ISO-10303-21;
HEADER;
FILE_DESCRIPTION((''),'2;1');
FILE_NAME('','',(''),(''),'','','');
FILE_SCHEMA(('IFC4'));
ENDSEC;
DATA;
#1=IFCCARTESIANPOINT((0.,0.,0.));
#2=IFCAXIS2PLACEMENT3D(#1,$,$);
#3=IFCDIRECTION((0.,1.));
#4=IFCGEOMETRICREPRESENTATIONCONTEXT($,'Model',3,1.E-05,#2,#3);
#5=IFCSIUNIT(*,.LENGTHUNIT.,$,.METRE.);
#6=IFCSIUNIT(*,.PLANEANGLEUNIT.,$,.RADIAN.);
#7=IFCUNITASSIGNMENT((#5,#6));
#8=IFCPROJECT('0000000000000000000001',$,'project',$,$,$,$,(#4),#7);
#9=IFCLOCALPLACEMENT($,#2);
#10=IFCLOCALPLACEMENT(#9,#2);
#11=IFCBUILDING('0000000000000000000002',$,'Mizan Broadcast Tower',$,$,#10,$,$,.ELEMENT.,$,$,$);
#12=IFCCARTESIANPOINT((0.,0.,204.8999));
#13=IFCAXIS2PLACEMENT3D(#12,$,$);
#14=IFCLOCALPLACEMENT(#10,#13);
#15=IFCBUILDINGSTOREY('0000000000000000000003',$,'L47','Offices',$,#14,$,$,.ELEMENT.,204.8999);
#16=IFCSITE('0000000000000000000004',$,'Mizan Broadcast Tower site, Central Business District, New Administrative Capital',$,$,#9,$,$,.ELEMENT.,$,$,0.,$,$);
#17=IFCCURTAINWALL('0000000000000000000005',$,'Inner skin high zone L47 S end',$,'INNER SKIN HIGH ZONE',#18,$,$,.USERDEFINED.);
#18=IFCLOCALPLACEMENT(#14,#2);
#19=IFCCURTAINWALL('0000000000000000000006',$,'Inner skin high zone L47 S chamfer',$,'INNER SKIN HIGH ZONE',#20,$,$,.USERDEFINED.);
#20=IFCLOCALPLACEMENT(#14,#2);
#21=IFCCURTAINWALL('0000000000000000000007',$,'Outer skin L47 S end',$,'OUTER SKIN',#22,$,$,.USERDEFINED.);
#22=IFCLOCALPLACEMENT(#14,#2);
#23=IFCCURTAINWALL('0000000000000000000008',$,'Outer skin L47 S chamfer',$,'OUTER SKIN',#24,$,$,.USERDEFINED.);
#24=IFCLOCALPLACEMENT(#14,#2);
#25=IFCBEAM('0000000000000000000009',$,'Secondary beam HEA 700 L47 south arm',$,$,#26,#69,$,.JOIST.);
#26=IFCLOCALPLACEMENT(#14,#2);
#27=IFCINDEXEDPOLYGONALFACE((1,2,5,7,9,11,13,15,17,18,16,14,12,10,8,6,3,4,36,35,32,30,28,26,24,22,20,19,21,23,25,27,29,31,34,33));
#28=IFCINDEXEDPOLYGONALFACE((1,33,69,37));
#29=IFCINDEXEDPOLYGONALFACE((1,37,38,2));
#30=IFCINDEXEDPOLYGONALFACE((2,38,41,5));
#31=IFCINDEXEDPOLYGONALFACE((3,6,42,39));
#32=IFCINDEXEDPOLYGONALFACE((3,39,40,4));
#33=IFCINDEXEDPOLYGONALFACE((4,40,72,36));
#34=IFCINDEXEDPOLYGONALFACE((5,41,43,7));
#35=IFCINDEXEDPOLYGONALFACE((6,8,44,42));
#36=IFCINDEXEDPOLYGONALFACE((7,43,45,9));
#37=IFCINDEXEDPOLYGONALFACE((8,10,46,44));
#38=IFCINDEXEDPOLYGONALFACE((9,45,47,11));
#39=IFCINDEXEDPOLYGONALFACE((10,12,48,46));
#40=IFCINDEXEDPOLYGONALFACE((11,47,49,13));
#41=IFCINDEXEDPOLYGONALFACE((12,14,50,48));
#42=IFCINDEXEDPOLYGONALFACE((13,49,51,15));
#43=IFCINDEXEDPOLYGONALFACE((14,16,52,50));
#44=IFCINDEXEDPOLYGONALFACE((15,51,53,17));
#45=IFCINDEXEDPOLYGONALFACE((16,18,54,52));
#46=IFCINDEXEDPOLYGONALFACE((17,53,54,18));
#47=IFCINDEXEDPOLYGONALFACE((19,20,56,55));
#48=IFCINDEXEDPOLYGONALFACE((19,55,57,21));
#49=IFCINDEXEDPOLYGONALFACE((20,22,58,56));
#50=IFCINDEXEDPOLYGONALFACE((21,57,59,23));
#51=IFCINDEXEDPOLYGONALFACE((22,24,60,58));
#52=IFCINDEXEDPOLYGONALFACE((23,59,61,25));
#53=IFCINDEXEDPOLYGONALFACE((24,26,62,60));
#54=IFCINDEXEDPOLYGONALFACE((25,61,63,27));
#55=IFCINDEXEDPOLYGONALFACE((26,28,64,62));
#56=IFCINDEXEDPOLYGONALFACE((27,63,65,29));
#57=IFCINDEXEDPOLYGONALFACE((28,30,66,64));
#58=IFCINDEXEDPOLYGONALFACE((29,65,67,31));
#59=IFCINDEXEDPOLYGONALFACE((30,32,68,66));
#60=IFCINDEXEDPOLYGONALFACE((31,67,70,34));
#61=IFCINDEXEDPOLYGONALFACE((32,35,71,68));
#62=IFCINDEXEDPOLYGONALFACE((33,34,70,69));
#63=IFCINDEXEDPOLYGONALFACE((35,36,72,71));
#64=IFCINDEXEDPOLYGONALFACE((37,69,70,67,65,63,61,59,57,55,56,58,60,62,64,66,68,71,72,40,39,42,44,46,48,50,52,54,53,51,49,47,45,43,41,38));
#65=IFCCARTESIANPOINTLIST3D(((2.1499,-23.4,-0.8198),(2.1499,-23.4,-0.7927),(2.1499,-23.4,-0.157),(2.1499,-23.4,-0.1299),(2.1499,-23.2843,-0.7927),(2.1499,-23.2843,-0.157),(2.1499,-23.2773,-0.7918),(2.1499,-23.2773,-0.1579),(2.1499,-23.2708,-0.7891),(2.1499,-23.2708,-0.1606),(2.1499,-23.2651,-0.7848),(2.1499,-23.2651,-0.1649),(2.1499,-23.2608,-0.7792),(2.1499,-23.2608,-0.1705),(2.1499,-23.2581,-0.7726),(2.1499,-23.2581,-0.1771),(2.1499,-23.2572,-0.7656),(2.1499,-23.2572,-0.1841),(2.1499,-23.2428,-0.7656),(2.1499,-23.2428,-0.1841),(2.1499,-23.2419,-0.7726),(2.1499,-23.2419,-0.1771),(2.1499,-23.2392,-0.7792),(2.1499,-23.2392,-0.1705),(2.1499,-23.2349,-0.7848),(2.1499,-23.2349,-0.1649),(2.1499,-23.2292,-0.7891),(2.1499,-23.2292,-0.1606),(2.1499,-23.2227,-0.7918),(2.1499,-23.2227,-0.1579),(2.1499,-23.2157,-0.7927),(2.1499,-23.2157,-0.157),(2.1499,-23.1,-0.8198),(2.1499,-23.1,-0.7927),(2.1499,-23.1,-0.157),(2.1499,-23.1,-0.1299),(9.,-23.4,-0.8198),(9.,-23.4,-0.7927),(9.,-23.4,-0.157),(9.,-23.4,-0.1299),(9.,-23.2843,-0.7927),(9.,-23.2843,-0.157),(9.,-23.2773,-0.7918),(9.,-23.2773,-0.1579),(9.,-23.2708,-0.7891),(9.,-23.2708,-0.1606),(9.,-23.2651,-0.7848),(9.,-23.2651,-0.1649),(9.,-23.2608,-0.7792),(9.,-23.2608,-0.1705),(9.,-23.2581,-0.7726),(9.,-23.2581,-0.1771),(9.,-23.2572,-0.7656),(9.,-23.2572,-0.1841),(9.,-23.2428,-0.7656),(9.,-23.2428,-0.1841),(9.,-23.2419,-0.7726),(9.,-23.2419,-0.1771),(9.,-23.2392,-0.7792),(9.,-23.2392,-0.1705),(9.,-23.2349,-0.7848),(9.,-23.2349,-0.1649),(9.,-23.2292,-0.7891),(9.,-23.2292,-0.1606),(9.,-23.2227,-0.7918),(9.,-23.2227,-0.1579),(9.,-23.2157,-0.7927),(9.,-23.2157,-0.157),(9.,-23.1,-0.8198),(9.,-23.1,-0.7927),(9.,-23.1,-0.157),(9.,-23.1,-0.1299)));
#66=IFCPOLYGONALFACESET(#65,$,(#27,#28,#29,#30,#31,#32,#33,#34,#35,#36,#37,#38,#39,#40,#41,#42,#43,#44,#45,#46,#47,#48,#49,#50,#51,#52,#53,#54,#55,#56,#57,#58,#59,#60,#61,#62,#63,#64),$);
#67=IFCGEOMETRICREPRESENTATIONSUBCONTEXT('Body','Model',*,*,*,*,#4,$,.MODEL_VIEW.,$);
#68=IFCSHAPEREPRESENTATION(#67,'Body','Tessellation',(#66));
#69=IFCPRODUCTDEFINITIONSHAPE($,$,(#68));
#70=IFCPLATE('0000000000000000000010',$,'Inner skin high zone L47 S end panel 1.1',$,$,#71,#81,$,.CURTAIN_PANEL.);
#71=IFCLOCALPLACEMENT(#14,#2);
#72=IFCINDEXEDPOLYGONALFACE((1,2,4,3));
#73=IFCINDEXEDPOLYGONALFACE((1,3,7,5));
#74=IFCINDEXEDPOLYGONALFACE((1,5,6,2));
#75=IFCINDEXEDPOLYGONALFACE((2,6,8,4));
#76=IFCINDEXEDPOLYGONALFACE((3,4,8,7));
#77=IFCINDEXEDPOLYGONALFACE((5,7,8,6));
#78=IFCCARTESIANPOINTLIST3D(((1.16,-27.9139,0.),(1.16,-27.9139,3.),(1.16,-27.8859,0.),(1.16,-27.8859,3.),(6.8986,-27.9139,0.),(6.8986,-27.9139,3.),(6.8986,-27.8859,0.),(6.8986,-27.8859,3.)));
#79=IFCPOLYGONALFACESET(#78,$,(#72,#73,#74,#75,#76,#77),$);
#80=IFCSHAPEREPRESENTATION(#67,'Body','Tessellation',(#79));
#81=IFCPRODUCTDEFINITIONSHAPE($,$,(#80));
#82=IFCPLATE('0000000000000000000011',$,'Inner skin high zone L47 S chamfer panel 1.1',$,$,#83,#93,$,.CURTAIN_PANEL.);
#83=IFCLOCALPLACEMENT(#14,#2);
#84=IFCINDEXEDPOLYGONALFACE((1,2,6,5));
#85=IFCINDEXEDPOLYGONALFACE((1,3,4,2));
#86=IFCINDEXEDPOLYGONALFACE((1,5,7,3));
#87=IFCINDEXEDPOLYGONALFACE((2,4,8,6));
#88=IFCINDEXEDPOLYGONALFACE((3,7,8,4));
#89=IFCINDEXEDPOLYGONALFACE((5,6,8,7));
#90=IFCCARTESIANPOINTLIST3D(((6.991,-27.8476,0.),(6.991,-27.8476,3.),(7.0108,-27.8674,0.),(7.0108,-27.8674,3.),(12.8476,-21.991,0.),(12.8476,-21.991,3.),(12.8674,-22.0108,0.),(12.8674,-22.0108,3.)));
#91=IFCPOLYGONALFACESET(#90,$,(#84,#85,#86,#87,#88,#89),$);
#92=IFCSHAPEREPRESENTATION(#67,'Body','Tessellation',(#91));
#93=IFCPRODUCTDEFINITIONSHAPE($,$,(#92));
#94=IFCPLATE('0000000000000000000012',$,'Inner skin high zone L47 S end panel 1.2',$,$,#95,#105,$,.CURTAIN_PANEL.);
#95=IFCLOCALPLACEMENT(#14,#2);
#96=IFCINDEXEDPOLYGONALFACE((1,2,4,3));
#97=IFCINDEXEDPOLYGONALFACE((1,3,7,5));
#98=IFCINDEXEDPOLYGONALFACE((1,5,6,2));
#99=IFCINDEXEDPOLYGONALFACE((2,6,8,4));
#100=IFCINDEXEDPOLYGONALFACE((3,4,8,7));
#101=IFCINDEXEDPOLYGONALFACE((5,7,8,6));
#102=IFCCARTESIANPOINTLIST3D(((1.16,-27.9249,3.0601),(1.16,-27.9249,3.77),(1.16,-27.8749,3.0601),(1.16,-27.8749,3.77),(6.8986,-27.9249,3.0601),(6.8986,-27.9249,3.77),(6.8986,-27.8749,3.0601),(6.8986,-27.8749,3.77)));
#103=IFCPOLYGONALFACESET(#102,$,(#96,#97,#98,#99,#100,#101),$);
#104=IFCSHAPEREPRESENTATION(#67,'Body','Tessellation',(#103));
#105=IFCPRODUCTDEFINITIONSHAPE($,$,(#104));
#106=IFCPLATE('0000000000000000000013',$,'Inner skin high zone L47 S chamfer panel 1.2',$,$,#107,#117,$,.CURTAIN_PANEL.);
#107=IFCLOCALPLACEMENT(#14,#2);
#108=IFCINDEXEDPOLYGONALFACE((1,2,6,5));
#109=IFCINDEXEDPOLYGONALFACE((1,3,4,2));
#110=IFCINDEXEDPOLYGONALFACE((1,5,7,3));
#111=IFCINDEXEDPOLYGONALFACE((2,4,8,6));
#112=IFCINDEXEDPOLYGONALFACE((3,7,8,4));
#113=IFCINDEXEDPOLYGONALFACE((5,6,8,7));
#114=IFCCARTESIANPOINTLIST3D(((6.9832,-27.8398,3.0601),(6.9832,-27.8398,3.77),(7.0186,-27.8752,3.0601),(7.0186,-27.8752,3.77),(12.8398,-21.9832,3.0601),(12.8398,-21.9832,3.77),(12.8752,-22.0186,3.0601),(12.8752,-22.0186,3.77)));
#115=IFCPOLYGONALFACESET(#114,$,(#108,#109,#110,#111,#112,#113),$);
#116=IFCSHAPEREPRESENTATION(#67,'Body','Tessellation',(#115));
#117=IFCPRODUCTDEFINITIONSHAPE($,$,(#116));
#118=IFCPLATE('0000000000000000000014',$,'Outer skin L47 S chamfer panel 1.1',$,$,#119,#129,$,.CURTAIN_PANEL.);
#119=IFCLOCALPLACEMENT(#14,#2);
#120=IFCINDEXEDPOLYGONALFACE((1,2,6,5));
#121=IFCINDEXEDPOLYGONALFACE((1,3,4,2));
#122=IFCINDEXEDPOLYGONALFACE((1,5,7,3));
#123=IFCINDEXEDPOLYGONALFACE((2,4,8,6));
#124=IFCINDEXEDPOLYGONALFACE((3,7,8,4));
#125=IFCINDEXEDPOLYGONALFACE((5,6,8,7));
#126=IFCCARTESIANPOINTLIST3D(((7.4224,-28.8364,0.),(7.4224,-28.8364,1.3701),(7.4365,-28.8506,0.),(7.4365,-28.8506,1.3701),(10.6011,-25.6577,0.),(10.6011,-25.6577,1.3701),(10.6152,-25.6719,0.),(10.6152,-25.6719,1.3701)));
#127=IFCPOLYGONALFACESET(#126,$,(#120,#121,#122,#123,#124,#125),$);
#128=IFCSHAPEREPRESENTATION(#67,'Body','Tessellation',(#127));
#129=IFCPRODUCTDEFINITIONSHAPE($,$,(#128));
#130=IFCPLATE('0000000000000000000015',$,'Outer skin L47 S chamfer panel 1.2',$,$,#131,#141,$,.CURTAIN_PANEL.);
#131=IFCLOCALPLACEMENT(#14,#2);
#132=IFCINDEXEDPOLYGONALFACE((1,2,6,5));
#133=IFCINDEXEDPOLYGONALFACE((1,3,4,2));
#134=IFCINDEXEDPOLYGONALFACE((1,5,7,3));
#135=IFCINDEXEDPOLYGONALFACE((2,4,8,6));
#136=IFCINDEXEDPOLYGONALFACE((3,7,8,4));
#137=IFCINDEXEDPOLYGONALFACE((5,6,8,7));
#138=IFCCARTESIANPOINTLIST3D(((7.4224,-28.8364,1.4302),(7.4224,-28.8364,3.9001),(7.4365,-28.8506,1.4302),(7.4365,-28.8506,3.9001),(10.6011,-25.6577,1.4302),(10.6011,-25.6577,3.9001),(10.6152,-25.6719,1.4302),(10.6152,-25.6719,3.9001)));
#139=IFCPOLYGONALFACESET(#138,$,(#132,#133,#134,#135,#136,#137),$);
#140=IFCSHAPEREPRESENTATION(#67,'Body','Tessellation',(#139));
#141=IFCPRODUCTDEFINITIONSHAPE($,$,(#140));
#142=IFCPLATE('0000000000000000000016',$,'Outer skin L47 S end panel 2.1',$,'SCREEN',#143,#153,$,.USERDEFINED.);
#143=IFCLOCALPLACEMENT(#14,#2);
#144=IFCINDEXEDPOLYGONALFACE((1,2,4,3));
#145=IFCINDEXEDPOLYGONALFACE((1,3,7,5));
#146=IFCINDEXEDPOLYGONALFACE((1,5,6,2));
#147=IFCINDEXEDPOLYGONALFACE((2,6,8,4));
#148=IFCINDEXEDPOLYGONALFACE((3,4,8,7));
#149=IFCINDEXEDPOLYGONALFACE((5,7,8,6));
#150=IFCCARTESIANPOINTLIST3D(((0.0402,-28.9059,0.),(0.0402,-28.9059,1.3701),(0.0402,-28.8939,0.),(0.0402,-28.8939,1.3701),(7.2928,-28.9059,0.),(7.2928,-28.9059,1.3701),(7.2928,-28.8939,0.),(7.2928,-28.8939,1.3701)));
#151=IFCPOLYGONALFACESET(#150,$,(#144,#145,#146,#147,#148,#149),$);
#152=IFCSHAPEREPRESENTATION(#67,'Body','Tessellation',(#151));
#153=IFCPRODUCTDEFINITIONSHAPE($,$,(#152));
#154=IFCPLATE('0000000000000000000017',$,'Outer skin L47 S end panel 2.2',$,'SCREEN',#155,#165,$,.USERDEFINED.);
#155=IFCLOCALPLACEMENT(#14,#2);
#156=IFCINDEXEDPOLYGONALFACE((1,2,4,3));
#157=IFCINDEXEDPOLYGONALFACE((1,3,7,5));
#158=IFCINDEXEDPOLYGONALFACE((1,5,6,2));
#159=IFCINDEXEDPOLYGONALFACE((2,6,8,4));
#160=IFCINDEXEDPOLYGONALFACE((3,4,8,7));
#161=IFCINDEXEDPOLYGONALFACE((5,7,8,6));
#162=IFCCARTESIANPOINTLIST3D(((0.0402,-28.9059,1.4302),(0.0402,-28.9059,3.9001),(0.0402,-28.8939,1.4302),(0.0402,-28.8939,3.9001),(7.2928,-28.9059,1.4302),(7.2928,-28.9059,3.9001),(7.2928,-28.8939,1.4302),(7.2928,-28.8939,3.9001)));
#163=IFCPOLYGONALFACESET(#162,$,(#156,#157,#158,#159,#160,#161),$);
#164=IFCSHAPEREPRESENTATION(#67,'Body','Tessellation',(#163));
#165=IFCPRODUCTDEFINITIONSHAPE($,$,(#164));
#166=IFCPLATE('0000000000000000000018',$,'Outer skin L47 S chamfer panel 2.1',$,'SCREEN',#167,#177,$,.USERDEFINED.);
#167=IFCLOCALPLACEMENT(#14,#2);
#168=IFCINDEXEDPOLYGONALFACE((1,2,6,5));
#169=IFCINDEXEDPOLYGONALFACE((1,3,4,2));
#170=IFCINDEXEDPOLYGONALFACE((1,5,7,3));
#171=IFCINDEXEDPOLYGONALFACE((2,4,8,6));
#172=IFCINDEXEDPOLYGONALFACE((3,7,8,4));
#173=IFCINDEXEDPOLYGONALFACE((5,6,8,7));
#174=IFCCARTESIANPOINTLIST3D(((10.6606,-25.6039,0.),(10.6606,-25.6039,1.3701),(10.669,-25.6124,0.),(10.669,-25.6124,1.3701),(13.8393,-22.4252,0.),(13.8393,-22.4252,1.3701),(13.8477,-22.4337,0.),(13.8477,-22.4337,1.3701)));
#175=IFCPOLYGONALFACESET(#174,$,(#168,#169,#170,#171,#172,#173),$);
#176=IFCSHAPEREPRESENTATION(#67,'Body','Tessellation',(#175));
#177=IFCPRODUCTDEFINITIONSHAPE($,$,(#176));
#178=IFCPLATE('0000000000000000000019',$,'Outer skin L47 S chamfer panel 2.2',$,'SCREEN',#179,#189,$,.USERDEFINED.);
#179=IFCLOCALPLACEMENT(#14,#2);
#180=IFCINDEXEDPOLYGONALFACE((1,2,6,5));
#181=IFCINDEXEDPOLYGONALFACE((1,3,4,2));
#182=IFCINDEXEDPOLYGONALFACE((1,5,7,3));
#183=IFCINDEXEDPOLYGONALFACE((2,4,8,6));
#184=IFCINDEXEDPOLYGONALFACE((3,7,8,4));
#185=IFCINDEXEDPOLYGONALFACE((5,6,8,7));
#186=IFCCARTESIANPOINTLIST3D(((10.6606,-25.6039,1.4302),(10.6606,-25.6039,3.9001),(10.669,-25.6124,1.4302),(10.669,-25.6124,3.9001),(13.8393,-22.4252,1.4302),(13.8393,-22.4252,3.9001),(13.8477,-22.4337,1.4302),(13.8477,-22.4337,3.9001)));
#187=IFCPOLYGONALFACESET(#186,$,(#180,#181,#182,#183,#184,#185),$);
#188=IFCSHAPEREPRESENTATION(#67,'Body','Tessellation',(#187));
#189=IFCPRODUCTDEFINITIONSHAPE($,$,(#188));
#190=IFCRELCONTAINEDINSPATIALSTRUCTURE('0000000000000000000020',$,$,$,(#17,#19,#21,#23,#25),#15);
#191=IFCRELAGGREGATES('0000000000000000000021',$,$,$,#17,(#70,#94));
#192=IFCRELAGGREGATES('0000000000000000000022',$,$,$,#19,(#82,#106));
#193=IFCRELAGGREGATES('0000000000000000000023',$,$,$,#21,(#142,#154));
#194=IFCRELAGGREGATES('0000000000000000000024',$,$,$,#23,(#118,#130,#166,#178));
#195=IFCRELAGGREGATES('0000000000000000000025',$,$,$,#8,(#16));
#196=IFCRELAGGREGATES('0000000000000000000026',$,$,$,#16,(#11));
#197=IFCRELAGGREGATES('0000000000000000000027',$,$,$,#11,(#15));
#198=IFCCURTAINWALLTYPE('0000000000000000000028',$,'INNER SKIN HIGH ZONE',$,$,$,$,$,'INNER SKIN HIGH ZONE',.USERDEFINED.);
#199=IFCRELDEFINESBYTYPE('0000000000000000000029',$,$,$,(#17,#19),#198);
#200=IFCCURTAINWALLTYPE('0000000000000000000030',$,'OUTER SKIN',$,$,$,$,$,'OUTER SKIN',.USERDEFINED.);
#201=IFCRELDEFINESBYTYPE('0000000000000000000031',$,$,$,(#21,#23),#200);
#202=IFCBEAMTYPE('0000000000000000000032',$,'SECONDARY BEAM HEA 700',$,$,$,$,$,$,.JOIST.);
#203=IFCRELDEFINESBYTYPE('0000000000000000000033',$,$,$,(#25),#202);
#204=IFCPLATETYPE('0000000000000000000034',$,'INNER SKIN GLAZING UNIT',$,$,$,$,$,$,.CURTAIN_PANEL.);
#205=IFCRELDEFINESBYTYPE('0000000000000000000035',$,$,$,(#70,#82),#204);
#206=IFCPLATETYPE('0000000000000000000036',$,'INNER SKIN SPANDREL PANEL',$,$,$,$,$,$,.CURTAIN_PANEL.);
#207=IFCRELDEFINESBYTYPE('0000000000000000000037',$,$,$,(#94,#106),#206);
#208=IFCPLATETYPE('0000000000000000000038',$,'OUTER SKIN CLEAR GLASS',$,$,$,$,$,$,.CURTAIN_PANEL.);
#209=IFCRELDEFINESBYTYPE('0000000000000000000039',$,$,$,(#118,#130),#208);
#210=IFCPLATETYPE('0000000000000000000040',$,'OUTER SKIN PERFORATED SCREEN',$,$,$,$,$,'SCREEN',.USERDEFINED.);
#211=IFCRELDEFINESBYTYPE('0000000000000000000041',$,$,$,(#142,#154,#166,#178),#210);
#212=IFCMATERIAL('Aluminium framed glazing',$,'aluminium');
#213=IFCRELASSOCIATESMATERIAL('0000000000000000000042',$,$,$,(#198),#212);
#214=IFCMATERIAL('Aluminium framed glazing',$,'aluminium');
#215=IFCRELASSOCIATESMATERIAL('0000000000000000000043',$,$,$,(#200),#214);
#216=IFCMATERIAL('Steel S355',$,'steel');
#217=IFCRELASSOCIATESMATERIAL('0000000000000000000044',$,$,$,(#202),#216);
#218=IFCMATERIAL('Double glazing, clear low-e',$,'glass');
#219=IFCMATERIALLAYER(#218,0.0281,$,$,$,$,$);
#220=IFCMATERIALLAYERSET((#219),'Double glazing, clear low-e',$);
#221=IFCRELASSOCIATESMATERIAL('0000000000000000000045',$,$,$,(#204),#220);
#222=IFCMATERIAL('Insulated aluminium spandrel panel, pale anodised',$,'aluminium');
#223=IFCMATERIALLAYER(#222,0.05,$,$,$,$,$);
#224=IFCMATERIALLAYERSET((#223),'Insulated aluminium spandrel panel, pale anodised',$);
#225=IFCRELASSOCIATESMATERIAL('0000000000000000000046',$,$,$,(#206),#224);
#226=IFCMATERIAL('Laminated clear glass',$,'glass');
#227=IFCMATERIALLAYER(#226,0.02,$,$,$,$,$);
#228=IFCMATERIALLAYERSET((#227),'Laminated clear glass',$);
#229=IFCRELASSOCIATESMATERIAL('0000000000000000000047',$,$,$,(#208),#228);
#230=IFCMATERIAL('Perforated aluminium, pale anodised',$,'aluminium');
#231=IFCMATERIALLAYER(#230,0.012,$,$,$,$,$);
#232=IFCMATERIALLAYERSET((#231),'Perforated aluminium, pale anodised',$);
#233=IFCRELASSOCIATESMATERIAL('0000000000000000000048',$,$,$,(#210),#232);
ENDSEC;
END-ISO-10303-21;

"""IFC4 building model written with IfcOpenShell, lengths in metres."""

from ifc_helpers import new_model, si_unit, direction, frame, origin, origin_2d, place, context, subcontext, project, spatial, rectangle, i_section, extrude, material, layer, layer_set, material_profile, profile_set, type_object, element, aggregate, save


model = new_model("IFC4")

# Units and contexts
model_context = context("Model", 3, precision=1e-05, world=origin(), true_north=direction((0.0, 1.0)))
body_context = subcontext(model_context, "Body", "Model", "MODEL_VIEW")
ifc_project = project(units=[si_unit("LENGTHUNIT", "METRE"), si_unit("PLANEANGLEUNIT", "RADIAN")], contexts=[model_context])

# Site, building, storey
site_placement = place(None, origin())
site = spatial("IfcSite", under=ifc_project, at=site_placement, Name="Mizan Broadcast Tower site, Central Business District, New Administrative Capital", CompositionType="ELEMENT", RefElevation=0.0)
building_placement = place(site_placement, origin())
building = spatial("IfcBuilding", under=site, at=building_placement, Name="Mizan Broadcast Tower", CompositionType="ELEMENT")
storey_placement = place(building_placement, frame((0.0, 0.0, 204.8999)))
storey = spatial("IfcBuildingStorey", under=building, at=storey_placement, Name="L47", Description="Offices", CompositionType="ELEMENT", Elevation=204.8999)

# Curtain wall
ifc_material_1 = material(Name="Aluminium framed glazing", Category="aluminium")
curtain_wall_type_1 = type_object("IfcCurtainWallType", Name="INNER SKIN HIGH ZONE", ElementType="INNER SKIN HIGH ZONE", PredefinedType="USERDEFINED", material=ifc_material_1)
curtain_wall_1_placement = place(storey_placement, origin())
curtain_wall_1 = element("IfcCurtainWall", 1, at=curtain_wall_1_placement, inside=storey, type_object=curtain_wall_type_1, Name="Inner skin high zone L47 S end", ObjectType="INNER SKIN HIGH ZONE", PredefinedType="USERDEFINED")

# Curtain wall
curtain_wall_2_placement = place(storey_placement, origin())
curtain_wall_2 = element("IfcCurtainWall", 2, at=curtain_wall_2_placement, inside=storey, type_object=curtain_wall_type_1, Name="Inner skin high zone L47 S chamfer", ObjectType="INNER SKIN HIGH ZONE", PredefinedType="USERDEFINED")

# Curtain wall
ifc_material_2 = material(Name="Aluminium framed glazing", Category="aluminium")
curtain_wall_type_2 = type_object("IfcCurtainWallType", Name="OUTER SKIN", ElementType="OUTER SKIN", PredefinedType="USERDEFINED", material=ifc_material_2)
curtain_wall_3_placement = place(storey_placement, origin())
curtain_wall_3 = element("IfcCurtainWall", 3, at=curtain_wall_3_placement, inside=storey, type_object=curtain_wall_type_2, Name="Outer skin L47 S end", ObjectType="OUTER SKIN", PredefinedType="USERDEFINED")

# Curtain wall
curtain_wall_4_placement = place(storey_placement, origin())
curtain_wall_4 = element("IfcCurtainWall", 4, at=curtain_wall_4_placement, inside=storey, type_object=curtain_wall_type_2, Name="Outer skin L47 S chamfer", ObjectType="OUTER SKIN", PredefinedType="USERDEFINED")

# Beam
ifc_material_3 = material(Name="Steel S355", Category="steel")
ifc_material_profile_1 = material_profile(ifc_material_3, i_section(OverallWidth=0.3, OverallDepth=0.6899, WebThickness=0.0144, FlangeThickness=0.0271, FilletRadius=0.0271, at=origin_2d()), Name="HEA 700")
ifc_profile_set_1 = profile_set([ifc_material_profile_1], Name="Steel S355")
beam_type_1 = type_object("IfcBeamType", Name="SECONDARY BEAM HEA 700", PredefinedType="JOIST", material=ifc_profile_set_1)
beam_1_placement = place(storey_placement, frame((9.0, -23.25, -0.4749), z_axis=(-1.0, 0.0, 0.0), x_axis=(0.0, -1.0, 0.0)))
element("IfcBeam", 5, at=beam_1_placement, inside=storey, type_object=beam_type_1, Name="Secondary beam HEA 700 L47 south arm", PredefinedType="JOIST", context=body_context, shape_type="SweptSolid", body=[
    extrude(i_section(OverallWidth=0.3, OverallDepth=0.6899, WebThickness=0.0144, FlangeThickness=0.0271, FilletRadius=0.0271, at=origin_2d()), origin(), (0.0, 0.0, 1.0), 6.8501),
])

# Plates
ifc_material_4 = material(Name="Double glazing, clear low-e", Category="glass")
ifc_layer_1 = layer(ifc_material_4, 0.0281)
ifc_layer_set_1 = layer_set([ifc_layer_1], Name="Double glazing, clear low-e")
plate_type_1 = type_object("IfcPlateType", Name="INNER SKIN GLAZING UNIT", PredefinedType="CURTAIN_PANEL", material=ifc_layer_set_1)
plate_1_placement = place(storey_placement, frame((4.0293, -27.8999, 0.0), z_axis=(0.0, 0.0, 1.0), x_axis=(1.0, 0.0, 0.0)))
plate_1 = element("IfcPlate", 6, at=plate_1_placement, type_object=plate_type_1, Name="Inner skin high zone L47 S end panel 1.1", PredefinedType="CURTAIN_PANEL", context=body_context, shape_type="SweptSolid", body=[
    extrude(rectangle(XDim=5.7385, YDim=0.0281, at=origin_2d()), origin(), (0.0, 0.0, 1.0), 3.0),
])
plate_2_placement = place(storey_placement, frame((9.9292, -24.9292, 0.0), z_axis=(0.0, 0.0, 1.0), x_axis=(0.707107, 0.707107, 0.0)))
plate_2 = element("IfcPlate", 7, at=plate_2_placement, type_object=plate_type_1, Name="Inner skin high zone L47 S chamfer panel 1.1", PredefinedType="CURTAIN_PANEL", context=body_context, shape_type="SweptSolid", body=[
    extrude(rectangle(XDim=8.2825, YDim=0.0281, at=origin_2d()), origin(), (0.0, 0.0, 1.0), 3.0),
])
ifc_material_5 = material(Name="Insulated aluminium spandrel panel, pale anodised", Category="aluminium")
ifc_layer_2 = layer(ifc_material_5, 0.05)
ifc_layer_set_2 = layer_set([ifc_layer_2], Name="Insulated aluminium spandrel panel, pale anodised")
plate_type_2 = type_object("IfcPlateType", Name="INNER SKIN SPANDREL PANEL", PredefinedType="CURTAIN_PANEL", material=ifc_layer_set_2)
plate_3_placement = place(storey_placement, frame((4.0293, -27.8999, 3.0601), z_axis=(0.0, 0.0, 1.0), x_axis=(1.0, 0.0, 0.0)))
plate_3 = element("IfcPlate", 8, at=plate_3_placement, type_object=plate_type_2, Name="Inner skin high zone L47 S end panel 1.2", PredefinedType="CURTAIN_PANEL", context=body_context, shape_type="SweptSolid", body=[
    extrude(rectangle(XDim=5.7385, YDim=0.05, at=origin_2d()), origin(), (0.0, 0.0, 1.0), 0.71),
])
aggregate(curtain_wall_1, [plate_1, plate_3])
plate_4_placement = place(storey_placement, frame((9.9292, -24.9292, 3.0601), z_axis=(0.0, 0.0, 1.0), x_axis=(0.707107, 0.707107, 0.0)))
plate_4 = element("IfcPlate", 9, at=plate_4_placement, type_object=plate_type_2, Name="Inner skin high zone L47 S chamfer panel 1.2", PredefinedType="CURTAIN_PANEL", context=body_context, shape_type="SweptSolid", body=[
    extrude(rectangle(XDim=8.2825, YDim=0.05, at=origin_2d()), origin(), (0.0, 0.0, 1.0), 0.71),
])
aggregate(curtain_wall_2, [plate_2, plate_4])
ifc_material_6 = material(Name="Laminated clear glass", Category="glass")
ifc_layer_3 = layer(ifc_material_6, 0.02)
ifc_layer_set_3 = layer_set([ifc_layer_3], Name="Laminated clear glass")
plate_type_3 = type_object("IfcPlateType", Name="OUTER SKIN CLEAR GLASS", PredefinedType="CURTAIN_PANEL", material=ifc_layer_set_3)
plate_5_placement = place(storey_placement, frame((9.0188, -27.2542, 0.0), z_axis=(0.0, 0.0, 1.0), x_axis=(0.707107, 0.707107, 0.0)))
plate_5 = element("IfcPlate", 10, at=plate_5_placement, type_object=plate_type_3, Name="Outer skin L47 S chamfer panel 1.1", PredefinedType="CURTAIN_PANEL", context=body_context, shape_type="SweptSolid", body=[
    extrude(rectangle(XDim=4.4954, YDim=0.02, at=origin_2d()), origin(), (0.0, 0.0, 1.0), 1.3701),
])
plate_6_placement = place(storey_placement, frame((9.0188, -27.2542, 1.4302), z_axis=(0.0, 0.0, 1.0), x_axis=(0.707107, 0.707107, 0.0)))
plate_6 = element("IfcPlate", 11, at=plate_6_placement, type_object=plate_type_3, Name="Outer skin L47 S chamfer panel 1.2", PredefinedType="CURTAIN_PANEL", context=body_context, shape_type="SweptSolid", body=[
    extrude(rectangle(XDim=4.4954, YDim=0.02, at=origin_2d()), origin(), (0.0, 0.0, 1.0), 2.47),
])
ifc_material_7 = material(Name="Perforated aluminium, pale anodised", Category="aluminium")
ifc_layer_4 = layer(ifc_material_7, 0.012)
ifc_layer_set_4 = layer_set([ifc_layer_4], Name="Perforated aluminium, pale anodised")
plate_type_4 = type_object("IfcPlateType", Name="OUTER SKIN PERFORATED SCREEN", ElementType="SCREEN", PredefinedType="USERDEFINED", material=ifc_layer_set_4)
plate_7_placement = place(storey_placement, frame((3.6665, -28.8999, 0.0), z_axis=(0.0, 0.0, 1.0), x_axis=(1.0, 0.0, 0.0)))
plate_7 = element("IfcPlate", 12, at=plate_7_placement, type_object=plate_type_4, Name="Outer skin L47 S end panel 2.1", ObjectType="SCREEN", PredefinedType="USERDEFINED", context=body_context, shape_type="SweptSolid", body=[
    extrude(rectangle(XDim=7.2527, YDim=0.012, at=origin_2d()), origin(), (0.0, 0.0, 1.0), 1.3701),
])
plate_8_placement = place(storey_placement, frame((3.6665, -28.8999, 1.4302), z_axis=(0.0, 0.0, 1.0), x_axis=(1.0, 0.0, 0.0)))
plate_8 = element("IfcPlate", 13, at=plate_8_placement, type_object=plate_type_4, Name="Outer skin L47 S end panel 2.2", ObjectType="SCREEN", PredefinedType="USERDEFINED", context=body_context, shape_type="SweptSolid", body=[
    extrude(rectangle(XDim=7.2527, YDim=0.012, at=origin_2d()), origin(), (0.0, 0.0, 1.0), 2.47),
])
aggregate(curtain_wall_3, [plate_7, plate_8])
plate_9_placement = place(storey_placement, frame((12.2542, -24.0188, 0.0), z_axis=(0.0, 0.0, 1.0), x_axis=(0.707107, 0.707107, 0.0)))
plate_9 = element("IfcPlate", 14, at=plate_9_placement, type_object=plate_type_4, Name="Outer skin L47 S chamfer panel 2.1", ObjectType="SCREEN", PredefinedType="USERDEFINED", context=body_context, shape_type="SweptSolid", body=[
    extrude(rectangle(XDim=4.4954, YDim=0.012, at=origin_2d()), origin(), (0.0, 0.0, 1.0), 1.3701),
])
plate_10_placement = place(storey_placement, frame((12.2542, -24.0188, 1.4302), z_axis=(0.0, 0.0, 1.0), x_axis=(0.707107, 0.707107, 0.0)))
plate_10 = element("IfcPlate", 15, at=plate_10_placement, type_object=plate_type_4, Name="Outer skin L47 S chamfer panel 2.2", ObjectType="SCREEN", PredefinedType="USERDEFINED", context=body_context, shape_type="SweptSolid", body=[
    extrude(rectangle(XDim=4.4954, YDim=0.012, at=origin_2d()), origin(), (0.0, 0.0, 1.0), 2.47),
])
aggregate(curtain_wall_4, [plate_5, plate_6, plate_9, plate_10])

save(model, "model.ifc")
